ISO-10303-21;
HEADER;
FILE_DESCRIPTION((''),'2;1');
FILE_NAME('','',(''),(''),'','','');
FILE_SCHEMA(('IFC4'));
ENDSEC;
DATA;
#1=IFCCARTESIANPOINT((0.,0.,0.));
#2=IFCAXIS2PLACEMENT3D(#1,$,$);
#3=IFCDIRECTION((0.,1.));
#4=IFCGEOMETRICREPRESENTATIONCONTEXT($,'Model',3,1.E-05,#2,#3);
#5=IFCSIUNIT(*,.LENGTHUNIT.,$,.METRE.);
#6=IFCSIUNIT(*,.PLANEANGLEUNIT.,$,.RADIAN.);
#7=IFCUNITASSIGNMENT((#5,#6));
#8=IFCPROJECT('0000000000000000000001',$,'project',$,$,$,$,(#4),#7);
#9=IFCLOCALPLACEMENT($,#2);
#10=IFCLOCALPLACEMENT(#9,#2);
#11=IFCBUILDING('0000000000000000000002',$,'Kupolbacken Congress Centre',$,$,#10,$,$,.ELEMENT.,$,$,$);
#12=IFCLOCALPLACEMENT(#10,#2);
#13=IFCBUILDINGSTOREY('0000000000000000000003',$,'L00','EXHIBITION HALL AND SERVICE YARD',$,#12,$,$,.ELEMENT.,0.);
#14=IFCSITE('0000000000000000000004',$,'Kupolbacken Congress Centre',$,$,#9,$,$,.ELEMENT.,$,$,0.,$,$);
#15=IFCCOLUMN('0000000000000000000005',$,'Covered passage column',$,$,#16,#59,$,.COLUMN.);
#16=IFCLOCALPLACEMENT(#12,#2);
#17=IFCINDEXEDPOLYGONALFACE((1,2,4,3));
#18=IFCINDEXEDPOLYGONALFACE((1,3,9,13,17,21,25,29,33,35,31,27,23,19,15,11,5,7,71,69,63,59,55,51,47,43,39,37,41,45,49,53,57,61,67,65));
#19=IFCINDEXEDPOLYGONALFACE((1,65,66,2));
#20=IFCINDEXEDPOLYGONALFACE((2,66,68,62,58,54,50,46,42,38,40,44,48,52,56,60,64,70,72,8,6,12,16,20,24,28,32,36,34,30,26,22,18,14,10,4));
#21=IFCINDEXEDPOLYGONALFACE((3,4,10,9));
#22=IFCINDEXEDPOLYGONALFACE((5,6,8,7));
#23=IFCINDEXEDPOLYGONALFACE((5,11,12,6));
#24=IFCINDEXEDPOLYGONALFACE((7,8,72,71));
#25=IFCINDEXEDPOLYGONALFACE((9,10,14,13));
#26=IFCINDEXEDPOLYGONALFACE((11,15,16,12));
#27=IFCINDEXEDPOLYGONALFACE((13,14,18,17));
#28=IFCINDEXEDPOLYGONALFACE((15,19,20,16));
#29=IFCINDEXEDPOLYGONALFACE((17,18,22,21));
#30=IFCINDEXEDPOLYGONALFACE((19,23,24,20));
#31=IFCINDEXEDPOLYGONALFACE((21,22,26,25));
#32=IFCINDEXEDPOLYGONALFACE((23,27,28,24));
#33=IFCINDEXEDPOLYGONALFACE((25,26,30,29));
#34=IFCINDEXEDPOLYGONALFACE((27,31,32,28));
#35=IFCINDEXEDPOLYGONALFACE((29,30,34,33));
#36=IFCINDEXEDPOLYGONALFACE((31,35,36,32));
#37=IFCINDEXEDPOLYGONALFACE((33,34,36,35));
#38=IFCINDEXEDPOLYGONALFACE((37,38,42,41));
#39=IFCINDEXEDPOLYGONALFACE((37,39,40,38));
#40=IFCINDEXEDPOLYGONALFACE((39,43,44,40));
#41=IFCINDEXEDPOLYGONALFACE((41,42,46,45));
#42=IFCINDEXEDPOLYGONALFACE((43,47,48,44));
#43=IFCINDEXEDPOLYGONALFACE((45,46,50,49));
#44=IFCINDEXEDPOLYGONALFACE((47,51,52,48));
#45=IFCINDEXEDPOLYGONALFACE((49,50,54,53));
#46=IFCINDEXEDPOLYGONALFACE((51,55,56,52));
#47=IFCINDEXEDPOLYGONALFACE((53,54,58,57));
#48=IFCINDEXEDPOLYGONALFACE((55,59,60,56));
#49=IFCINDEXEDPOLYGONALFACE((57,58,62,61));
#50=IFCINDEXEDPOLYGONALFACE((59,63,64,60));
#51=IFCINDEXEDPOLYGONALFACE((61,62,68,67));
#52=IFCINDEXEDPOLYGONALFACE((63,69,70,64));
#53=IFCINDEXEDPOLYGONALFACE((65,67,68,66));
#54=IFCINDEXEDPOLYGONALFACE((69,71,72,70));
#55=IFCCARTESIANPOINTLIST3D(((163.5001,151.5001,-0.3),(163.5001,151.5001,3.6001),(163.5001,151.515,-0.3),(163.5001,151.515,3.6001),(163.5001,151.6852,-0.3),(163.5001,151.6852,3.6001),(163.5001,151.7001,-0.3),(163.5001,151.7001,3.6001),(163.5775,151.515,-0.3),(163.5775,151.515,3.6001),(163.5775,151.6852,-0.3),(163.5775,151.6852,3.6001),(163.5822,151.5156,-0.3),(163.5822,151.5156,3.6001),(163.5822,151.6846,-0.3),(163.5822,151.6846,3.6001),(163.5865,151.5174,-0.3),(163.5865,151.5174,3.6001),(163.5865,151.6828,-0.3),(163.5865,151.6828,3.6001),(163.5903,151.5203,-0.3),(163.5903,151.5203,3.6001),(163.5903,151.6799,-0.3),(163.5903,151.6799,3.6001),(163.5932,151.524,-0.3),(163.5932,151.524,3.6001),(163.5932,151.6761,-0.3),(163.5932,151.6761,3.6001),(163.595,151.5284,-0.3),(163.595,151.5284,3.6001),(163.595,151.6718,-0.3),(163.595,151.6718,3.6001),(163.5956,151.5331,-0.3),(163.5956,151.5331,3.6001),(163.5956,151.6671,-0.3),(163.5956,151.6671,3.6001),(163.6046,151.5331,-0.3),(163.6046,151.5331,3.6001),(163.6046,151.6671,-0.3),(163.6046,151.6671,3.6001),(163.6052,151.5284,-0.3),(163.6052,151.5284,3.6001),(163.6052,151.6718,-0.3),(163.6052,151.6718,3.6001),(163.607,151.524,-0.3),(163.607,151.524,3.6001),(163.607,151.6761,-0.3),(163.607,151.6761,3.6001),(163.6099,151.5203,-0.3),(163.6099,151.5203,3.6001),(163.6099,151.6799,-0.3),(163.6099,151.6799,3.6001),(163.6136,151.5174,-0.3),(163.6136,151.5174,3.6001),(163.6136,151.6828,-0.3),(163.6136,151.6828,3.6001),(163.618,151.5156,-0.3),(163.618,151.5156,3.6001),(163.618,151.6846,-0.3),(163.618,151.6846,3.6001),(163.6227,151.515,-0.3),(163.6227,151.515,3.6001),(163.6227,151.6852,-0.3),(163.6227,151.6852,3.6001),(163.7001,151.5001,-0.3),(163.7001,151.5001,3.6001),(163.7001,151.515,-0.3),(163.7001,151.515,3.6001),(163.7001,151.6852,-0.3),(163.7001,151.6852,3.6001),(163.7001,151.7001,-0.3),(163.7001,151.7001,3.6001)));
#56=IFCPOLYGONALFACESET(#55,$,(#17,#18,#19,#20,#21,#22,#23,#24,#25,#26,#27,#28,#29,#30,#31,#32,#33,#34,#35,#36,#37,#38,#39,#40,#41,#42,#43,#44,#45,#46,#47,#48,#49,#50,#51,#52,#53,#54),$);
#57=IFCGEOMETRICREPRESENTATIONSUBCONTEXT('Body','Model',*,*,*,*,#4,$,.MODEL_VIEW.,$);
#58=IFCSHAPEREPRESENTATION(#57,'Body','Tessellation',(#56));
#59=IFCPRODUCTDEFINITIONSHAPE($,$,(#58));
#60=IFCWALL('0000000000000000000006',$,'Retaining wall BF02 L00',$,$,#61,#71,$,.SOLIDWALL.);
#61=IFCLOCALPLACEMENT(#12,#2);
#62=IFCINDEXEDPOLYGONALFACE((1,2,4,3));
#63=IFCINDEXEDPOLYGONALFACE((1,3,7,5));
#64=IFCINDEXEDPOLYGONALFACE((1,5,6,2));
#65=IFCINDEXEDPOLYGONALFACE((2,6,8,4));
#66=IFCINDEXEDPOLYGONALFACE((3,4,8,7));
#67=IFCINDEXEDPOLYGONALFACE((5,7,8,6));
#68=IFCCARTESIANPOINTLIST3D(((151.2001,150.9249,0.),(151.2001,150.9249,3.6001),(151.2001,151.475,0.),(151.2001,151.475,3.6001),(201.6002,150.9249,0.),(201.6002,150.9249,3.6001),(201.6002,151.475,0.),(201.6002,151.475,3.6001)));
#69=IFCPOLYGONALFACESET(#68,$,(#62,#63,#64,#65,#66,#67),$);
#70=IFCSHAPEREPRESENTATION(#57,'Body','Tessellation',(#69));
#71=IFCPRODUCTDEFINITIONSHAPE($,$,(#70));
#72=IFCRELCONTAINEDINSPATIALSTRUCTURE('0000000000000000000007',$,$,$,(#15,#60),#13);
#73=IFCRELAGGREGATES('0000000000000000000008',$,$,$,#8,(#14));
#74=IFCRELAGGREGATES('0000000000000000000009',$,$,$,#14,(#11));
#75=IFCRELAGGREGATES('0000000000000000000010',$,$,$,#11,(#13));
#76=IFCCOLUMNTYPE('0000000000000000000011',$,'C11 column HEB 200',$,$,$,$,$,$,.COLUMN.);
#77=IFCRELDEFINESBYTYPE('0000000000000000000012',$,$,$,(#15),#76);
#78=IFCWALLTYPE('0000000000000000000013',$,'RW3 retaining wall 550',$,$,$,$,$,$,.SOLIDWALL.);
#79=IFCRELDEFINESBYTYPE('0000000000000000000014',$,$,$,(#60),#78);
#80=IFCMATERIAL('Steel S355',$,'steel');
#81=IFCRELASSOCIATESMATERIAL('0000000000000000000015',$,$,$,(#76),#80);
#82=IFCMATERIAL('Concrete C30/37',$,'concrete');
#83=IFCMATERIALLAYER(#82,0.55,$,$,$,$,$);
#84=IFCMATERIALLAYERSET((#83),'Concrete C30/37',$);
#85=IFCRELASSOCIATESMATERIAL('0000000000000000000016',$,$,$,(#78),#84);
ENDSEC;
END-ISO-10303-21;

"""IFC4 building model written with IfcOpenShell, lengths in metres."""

from ifc_helpers import new_model, si_unit, direction, frame, frame_2d, origin, origin_2d, place, context, subcontext, project, spatial, rectangle, i_section, extrude, material, layer, layer_set, material_profile, profile_set, type_object, element, save


model = new_model("IFC4")

# Units and contexts
model_context = context("Model", 3, precision=1e-05, world=origin(), true_north=direction((0.0, 1.0)))
body_context = subcontext(model_context, "Body", "Model", "MODEL_VIEW")
ifc_project = project(units=[si_unit("LENGTHUNIT", "METRE"), si_unit("PLANEANGLEUNIT", "RADIAN")], contexts=[model_context])

# Site, building, storey
site_placement = place(None, origin())
site = spatial("IfcSite", under=ifc_project, at=site_placement, Name="Kupolbacken Congress Centre", CompositionType="ELEMENT", RefElevation=0.0)
building_placement = place(site_placement, origin())
building = spatial("IfcBuilding", under=site, at=building_placement, Name="Kupolbacken Congress Centre", CompositionType="ELEMENT")
storey_placement = place(building_placement, origin())
storey = spatial("IfcBuildingStorey", under=building, at=storey_placement, Name="L00", Description="EXHIBITION HALL AND SERVICE YARD", CompositionType="ELEMENT", Elevation=0.0)

# Column
ifc_material_1 = material(Name="Steel S355", Category="steel")
ifc_material_profile_1 = material_profile(ifc_material_1, i_section(OverallWidth=0.2, OverallDepth=0.2, WebThickness=0.009, FlangeThickness=0.0149, FilletRadius=0.0181, at=origin_2d()), Name="HEB 200")
ifc_profile_set_1 = profile_set([ifc_material_profile_1], Name="Steel S355")
column_type_1 = type_object("IfcColumnType", Name="C11 column HEB 200", PredefinedType="COLUMN", material=ifc_profile_set_1)
for number, where, z_axis, x_axis, name in (
    (1, (163.6001, 151.6001, -0.3), (0.0, 0.0, 1.0), (1.0, 0.0, 0.0), "Covered passage column"),
):
    element("IfcColumn", number, at=place(storey_placement, frame(where, z_axis=z_axis, x_axis=x_axis)), inside=storey, type_object=column_type_1, Name=name, PredefinedType="COLUMN", context=body_context, shape_type="SweptSolid", body=[
        extrude(i_section(OverallWidth=0.2, OverallDepth=0.2, WebThickness=0.009, FlangeThickness=0.0149, FilletRadius=0.0181, at=origin_2d()), origin(), (0.0, 0.0, 1.0), 3.9001),
    ])

# Wall
ifc_material_2 = material(Name="Concrete C30/37", Category="concrete")
ifc_layer_1 = layer(ifc_material_2, 0.55)
ifc_layer_set_1 = layer_set([ifc_layer_1], Name="Concrete C30/37")
wall_type = type_object("IfcWallType", Name="RW3 retaining wall 550", PredefinedType="SOLIDWALL", material=ifc_layer_set_1)
wall_placement = place(storey_placement, frame((151.2, 151.2, 0.0), z_axis=(0.0, 0.0, 1.0), x_axis=(1.0, 0.0, 0.0)))
element("IfcWall", 2, at=wall_placement, inside=storey, type_object=wall_type, Name="Retaining wall BF02 L00", PredefinedType="SOLIDWALL", context=body_context, shape_type="SweptSolid", body=[
    extrude(rectangle(XDim=50.4001, YDim=0.55, at=frame_2d((25.2002, 0.0))), origin(), (0.0, 0.0, 1.0), 3.6001),
])

save(model, "model.ifc")
